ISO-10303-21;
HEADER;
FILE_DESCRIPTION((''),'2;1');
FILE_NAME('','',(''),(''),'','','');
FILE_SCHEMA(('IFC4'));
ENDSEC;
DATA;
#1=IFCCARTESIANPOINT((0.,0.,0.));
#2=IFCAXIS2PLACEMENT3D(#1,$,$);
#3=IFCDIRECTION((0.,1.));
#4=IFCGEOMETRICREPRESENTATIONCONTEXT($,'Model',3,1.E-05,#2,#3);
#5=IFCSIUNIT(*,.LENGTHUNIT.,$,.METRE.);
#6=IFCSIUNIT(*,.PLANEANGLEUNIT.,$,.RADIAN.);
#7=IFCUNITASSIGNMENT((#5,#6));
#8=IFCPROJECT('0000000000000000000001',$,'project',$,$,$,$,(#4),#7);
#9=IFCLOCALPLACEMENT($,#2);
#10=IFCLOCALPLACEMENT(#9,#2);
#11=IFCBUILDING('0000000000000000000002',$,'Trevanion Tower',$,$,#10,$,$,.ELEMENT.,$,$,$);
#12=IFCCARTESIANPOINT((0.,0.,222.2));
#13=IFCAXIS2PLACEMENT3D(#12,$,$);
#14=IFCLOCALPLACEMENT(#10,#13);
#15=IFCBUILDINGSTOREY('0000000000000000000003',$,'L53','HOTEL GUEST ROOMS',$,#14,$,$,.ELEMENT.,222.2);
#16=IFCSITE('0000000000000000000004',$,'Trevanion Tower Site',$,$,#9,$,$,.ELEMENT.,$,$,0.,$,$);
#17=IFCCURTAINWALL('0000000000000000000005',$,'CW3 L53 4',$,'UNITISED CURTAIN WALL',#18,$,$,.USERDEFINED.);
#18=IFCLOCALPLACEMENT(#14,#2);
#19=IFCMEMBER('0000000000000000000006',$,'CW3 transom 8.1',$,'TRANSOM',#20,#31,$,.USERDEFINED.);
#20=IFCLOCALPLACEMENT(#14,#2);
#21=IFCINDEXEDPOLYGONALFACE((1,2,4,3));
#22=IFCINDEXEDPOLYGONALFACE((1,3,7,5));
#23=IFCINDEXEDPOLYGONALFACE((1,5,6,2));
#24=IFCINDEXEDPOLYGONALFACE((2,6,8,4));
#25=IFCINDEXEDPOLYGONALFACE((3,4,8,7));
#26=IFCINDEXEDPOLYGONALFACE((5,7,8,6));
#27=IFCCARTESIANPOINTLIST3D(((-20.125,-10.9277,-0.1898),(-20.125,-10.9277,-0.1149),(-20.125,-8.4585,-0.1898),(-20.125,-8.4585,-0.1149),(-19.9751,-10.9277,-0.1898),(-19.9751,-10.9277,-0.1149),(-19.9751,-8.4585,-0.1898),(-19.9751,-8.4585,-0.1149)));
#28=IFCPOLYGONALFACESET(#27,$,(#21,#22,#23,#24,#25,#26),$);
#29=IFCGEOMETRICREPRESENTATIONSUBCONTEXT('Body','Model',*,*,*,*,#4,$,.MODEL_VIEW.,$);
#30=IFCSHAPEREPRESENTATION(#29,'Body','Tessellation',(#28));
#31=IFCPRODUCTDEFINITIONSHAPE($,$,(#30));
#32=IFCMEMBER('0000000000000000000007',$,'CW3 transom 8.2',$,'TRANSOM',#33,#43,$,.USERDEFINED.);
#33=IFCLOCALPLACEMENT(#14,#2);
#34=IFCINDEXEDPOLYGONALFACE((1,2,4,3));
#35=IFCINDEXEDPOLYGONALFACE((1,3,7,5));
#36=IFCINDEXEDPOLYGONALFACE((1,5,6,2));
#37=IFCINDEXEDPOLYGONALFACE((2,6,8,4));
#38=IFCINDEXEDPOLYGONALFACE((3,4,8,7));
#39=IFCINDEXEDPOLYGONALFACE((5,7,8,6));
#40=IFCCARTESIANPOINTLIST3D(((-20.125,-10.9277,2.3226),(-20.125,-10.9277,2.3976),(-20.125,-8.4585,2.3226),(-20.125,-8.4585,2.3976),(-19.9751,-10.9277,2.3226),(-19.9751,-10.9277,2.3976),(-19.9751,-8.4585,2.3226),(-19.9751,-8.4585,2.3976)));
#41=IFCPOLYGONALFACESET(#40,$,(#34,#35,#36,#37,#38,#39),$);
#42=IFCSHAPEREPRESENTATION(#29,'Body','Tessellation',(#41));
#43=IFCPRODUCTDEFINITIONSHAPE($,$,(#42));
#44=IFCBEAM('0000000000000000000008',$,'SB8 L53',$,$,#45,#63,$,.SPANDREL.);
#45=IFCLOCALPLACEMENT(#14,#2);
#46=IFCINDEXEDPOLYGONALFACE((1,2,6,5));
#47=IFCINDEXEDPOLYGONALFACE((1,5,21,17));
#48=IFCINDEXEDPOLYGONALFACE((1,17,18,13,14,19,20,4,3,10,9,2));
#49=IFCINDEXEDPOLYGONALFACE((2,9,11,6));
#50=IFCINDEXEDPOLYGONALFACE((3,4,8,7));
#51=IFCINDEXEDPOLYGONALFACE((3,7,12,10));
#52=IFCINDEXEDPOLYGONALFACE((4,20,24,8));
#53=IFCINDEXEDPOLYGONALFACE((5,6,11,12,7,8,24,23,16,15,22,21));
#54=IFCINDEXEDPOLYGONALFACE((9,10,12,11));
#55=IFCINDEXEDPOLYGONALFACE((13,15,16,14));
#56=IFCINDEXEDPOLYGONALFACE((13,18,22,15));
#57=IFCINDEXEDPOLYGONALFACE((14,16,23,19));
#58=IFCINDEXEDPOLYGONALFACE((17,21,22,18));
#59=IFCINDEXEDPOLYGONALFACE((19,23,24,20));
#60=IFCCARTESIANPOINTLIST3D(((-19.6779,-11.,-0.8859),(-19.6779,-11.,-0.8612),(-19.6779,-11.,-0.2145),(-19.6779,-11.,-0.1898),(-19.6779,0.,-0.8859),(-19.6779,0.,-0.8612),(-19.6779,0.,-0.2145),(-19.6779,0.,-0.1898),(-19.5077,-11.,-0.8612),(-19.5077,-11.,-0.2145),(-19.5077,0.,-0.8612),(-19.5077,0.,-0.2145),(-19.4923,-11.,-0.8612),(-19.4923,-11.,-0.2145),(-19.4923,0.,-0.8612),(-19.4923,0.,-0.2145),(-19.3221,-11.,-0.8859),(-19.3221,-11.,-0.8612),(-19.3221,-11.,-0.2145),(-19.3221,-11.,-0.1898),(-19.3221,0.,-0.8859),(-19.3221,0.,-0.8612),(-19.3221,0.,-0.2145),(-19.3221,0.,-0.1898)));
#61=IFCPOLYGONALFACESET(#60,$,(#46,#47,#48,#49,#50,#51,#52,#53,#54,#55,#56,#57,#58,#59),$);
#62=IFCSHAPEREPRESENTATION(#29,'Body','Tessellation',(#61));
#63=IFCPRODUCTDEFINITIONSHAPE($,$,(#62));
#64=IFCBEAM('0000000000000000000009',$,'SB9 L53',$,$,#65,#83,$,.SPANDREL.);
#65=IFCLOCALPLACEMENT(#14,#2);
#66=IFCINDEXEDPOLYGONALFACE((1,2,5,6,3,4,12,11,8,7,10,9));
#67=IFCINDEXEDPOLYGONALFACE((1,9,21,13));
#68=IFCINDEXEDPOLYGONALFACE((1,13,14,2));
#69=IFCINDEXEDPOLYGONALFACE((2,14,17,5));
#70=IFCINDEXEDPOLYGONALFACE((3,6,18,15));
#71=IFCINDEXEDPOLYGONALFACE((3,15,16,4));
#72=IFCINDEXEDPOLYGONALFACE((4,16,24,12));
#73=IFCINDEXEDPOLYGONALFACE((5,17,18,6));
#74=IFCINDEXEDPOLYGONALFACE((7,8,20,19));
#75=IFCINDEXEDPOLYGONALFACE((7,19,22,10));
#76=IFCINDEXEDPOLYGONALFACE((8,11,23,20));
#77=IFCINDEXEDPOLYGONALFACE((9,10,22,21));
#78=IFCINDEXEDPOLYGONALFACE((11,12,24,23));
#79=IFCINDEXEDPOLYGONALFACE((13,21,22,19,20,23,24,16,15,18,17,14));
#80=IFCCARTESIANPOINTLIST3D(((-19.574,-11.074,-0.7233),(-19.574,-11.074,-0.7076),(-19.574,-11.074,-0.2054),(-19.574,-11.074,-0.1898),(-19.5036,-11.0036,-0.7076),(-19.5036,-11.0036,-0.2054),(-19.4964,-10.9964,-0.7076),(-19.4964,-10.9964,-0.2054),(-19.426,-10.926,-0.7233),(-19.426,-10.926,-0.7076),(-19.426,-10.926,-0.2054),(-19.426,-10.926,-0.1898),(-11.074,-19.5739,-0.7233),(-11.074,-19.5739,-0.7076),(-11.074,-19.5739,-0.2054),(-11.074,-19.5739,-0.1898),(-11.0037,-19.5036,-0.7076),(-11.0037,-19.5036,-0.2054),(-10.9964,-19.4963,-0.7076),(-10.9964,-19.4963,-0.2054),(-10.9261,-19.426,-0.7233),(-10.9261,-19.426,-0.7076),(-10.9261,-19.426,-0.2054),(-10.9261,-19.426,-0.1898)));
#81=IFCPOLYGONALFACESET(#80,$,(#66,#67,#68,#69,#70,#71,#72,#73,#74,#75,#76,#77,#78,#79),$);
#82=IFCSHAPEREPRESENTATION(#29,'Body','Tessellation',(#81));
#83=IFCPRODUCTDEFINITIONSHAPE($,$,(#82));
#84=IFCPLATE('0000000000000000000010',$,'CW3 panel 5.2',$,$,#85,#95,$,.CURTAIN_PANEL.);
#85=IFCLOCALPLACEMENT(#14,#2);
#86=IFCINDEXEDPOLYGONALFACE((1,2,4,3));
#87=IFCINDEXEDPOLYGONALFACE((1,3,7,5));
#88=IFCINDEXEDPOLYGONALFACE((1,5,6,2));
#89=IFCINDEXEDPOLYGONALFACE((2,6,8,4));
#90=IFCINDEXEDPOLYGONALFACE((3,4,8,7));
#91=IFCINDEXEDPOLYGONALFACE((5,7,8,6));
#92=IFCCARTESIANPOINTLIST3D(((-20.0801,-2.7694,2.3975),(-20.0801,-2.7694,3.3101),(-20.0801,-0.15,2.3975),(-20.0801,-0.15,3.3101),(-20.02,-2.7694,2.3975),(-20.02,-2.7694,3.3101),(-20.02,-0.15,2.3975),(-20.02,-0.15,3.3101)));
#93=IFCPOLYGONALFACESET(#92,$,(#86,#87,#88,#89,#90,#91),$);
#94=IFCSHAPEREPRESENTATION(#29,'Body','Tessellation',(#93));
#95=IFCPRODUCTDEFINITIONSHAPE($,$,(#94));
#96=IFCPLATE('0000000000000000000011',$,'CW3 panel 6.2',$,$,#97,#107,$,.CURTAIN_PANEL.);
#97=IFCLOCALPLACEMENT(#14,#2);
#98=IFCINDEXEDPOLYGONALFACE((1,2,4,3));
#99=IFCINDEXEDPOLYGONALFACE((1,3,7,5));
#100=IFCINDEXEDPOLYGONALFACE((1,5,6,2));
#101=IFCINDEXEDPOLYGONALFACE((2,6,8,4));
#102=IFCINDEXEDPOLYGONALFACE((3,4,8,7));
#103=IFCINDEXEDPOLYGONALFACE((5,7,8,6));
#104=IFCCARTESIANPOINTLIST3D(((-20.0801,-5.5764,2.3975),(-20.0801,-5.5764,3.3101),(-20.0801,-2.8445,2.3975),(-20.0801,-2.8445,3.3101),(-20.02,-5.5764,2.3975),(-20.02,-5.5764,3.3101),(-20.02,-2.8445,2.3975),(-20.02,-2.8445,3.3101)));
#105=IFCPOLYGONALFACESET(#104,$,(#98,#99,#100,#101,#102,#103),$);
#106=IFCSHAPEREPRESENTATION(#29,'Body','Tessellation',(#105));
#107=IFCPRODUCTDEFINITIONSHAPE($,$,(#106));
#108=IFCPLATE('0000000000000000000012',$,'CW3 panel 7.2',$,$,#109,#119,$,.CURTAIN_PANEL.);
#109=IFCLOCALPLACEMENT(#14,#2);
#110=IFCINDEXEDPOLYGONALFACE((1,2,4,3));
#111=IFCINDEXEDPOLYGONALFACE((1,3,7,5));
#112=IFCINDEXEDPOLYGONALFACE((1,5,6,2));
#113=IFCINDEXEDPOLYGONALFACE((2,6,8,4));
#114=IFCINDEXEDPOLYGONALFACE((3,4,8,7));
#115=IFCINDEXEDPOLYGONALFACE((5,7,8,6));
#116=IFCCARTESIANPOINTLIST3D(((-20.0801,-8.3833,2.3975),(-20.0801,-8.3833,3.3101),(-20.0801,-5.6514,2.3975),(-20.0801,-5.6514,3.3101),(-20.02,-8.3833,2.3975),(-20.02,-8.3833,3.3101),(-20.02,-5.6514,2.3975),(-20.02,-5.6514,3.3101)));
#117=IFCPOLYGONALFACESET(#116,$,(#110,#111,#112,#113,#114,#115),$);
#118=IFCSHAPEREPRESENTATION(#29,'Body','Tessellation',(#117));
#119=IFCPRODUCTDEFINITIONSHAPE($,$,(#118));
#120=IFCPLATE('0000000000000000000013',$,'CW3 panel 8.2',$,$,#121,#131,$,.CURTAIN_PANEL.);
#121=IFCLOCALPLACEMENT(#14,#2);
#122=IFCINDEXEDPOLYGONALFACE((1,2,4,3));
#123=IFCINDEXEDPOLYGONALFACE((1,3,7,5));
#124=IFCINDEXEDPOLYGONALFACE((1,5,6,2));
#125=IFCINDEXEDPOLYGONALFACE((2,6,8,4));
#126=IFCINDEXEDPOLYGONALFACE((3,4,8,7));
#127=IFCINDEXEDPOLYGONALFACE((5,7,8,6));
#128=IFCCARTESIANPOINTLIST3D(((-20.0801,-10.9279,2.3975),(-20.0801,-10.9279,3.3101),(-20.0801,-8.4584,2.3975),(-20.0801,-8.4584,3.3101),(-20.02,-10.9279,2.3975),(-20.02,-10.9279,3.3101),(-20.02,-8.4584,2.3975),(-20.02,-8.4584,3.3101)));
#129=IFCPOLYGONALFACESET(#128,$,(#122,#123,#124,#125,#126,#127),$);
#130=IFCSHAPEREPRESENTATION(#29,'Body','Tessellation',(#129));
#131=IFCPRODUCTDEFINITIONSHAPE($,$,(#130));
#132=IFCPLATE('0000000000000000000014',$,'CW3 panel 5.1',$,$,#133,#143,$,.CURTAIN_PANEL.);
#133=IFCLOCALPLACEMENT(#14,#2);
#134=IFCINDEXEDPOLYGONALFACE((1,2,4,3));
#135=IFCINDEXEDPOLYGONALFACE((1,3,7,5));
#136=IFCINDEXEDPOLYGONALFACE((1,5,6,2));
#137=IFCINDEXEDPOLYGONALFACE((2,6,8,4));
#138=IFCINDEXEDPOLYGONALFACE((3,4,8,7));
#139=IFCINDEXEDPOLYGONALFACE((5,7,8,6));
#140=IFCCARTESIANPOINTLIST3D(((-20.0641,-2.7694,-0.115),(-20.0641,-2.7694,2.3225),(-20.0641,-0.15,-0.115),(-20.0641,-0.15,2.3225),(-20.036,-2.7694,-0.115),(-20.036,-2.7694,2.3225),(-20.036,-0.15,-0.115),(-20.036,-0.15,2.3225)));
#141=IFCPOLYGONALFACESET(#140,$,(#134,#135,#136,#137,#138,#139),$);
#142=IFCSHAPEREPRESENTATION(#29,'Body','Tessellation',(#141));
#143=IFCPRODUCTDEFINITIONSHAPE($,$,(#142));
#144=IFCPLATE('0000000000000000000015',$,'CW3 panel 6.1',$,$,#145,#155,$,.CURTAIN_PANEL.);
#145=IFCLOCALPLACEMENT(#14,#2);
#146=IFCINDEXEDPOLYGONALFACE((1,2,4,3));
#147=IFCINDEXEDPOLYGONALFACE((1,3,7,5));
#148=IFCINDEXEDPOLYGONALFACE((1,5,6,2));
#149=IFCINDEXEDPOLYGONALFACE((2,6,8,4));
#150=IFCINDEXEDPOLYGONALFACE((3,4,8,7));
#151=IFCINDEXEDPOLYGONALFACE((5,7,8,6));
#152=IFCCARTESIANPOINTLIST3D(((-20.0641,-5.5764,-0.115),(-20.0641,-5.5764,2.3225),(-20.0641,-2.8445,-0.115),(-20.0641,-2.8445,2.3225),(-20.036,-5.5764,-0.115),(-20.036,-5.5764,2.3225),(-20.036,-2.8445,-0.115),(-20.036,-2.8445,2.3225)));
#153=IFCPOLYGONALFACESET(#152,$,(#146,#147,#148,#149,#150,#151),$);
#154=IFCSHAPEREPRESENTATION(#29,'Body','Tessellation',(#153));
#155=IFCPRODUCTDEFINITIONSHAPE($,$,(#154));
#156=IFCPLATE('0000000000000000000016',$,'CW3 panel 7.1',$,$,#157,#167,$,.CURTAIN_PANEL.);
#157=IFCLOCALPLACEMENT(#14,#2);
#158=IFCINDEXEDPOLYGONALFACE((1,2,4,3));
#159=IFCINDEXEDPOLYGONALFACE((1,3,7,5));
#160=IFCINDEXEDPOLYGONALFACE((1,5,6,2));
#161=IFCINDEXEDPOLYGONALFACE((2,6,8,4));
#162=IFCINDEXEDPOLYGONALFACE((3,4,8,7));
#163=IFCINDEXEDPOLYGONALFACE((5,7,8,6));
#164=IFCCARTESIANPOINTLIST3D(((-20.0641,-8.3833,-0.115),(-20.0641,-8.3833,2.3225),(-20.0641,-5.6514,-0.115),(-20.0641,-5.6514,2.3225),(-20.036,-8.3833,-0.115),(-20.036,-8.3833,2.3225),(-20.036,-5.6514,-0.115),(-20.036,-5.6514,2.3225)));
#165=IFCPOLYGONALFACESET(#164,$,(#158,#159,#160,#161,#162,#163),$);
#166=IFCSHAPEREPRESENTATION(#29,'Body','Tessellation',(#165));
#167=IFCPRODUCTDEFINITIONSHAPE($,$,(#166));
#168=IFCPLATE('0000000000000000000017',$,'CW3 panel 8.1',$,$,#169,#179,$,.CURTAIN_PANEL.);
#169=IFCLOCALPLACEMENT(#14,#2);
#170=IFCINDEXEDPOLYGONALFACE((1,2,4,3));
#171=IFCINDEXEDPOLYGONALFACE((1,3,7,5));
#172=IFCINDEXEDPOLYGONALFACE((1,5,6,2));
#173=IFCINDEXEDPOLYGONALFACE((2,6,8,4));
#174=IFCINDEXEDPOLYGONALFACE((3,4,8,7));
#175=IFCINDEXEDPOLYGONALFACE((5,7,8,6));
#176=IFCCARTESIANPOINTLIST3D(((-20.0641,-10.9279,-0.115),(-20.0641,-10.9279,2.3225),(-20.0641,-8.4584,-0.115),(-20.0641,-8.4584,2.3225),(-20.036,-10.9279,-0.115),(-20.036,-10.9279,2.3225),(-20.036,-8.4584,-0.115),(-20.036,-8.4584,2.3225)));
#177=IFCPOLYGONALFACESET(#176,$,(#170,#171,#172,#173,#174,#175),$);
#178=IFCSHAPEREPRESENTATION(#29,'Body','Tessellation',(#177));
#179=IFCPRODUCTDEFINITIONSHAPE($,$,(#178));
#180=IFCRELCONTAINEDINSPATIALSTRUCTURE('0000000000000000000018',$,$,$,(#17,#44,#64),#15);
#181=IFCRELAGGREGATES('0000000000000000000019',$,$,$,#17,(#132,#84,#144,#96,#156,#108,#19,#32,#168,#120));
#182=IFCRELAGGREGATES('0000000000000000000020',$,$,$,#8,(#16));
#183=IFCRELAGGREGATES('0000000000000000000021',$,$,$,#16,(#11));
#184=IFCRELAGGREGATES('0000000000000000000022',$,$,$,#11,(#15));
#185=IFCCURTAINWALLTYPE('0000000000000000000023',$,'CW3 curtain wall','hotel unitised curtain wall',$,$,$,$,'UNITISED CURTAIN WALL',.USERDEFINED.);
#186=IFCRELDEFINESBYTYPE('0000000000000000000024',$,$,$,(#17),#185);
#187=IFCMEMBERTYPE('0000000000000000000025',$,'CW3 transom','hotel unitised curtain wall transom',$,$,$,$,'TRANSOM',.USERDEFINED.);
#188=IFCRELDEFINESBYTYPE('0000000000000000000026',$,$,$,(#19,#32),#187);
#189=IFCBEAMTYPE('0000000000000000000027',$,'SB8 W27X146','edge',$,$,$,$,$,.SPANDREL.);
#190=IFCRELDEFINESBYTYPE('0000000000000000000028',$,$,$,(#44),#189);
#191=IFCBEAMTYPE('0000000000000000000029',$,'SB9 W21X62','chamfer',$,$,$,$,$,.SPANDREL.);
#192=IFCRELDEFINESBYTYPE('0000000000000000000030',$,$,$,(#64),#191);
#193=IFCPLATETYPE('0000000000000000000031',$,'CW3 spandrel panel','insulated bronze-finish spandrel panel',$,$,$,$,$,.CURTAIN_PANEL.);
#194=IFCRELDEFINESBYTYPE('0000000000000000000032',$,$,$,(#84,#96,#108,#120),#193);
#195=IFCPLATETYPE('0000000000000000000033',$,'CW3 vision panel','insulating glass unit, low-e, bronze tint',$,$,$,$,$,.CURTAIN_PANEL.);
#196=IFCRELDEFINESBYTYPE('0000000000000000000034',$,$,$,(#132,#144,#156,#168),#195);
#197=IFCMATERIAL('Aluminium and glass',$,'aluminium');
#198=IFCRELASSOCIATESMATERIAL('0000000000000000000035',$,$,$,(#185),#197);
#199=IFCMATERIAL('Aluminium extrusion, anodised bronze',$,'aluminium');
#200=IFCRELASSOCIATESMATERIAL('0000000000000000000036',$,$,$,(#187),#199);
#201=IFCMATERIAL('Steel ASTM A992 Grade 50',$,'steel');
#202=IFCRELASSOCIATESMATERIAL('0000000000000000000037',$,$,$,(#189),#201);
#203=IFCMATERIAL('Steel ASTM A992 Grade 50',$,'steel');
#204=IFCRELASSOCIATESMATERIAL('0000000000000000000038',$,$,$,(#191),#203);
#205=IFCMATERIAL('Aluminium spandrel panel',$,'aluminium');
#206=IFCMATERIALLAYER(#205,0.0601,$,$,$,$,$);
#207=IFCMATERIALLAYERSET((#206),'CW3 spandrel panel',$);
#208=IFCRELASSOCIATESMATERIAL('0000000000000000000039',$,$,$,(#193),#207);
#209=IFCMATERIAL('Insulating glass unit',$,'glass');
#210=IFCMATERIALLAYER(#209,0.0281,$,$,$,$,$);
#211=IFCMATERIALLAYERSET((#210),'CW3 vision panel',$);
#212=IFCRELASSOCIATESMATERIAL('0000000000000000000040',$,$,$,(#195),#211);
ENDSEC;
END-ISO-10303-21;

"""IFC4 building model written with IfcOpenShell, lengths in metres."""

from ifc_helpers import new_model, si_unit, direction, frame, origin, origin_2d, place, context, subcontext, project, spatial, rectangle, i_section, extrude, material, layer, layer_set, material_profile, profile_set, type_object, element, aggregate, save


model = new_model("IFC4")

# Units and contexts
model_context = context("Model", 3, precision=1e-05, world=origin(), true_north=direction((0.0, 1.0)))
body_context = subcontext(model_context, "Body", "Model", "MODEL_VIEW")
ifc_project = project(units=[si_unit("LENGTHUNIT", "METRE"), si_unit("PLANEANGLEUNIT", "RADIAN")], contexts=[model_context])

# Site, building, storey
site_placement = place(None, origin())
site = spatial("IfcSite", under=ifc_project, at=site_placement, Name="Trevanion Tower Site", CompositionType="ELEMENT", RefElevation=0.0)
building_placement = place(site_placement, origin())
building = spatial("IfcBuilding", under=site, at=building_placement, Name="Trevanion Tower", CompositionType="ELEMENT")
storey_placement = place(building_placement, frame((0.0, 0.0, 222.2)))
storey = spatial("IfcBuildingStorey", under=building, at=storey_placement, Name="L53", Description="HOTEL GUEST ROOMS", CompositionType="ELEMENT", Elevation=222.2)

# Curtain wall
ifc_material_1 = material(Name="Aluminium and glass", Category="aluminium")
curtain_wall_type = type_object("IfcCurtainWallType", Name="CW3 curtain wall", Description="hotel unitised curtain wall", ElementType="UNITISED CURTAIN WALL", PredefinedType="USERDEFINED", material=ifc_material_1)
curtain_wall_1_placement = place(storey_placement, origin())
curtain_wall_1 = element("IfcCurtainWall", 1, at=curtain_wall_1_placement, inside=storey, type_object=curtain_wall_type, Name="CW3 L53 4", ObjectType="UNITISED CURTAIN WALL", PredefinedType="USERDEFINED")

# Members
ifc_material_2 = material(Name="Aluminium extrusion, anodised bronze", Category="aluminium")
ifc_material_profile_1 = material_profile(ifc_material_2, rectangle(XDim=0.1499, YDim=0.075, at=origin_2d()), Name="CW3 transom")
ifc_profile_set_1 = profile_set([ifc_material_profile_1], Name="Aluminium extrusion, anodised bronze")
member_type_1 = type_object("IfcMemberType", Name="CW3 transom", Description="hotel unitised curtain wall transom", ElementType="TRANSOM", PredefinedType="USERDEFINED", material=ifc_profile_set_1)
member_1_placement = place(storey_placement, frame((-20.05, -8.4585, -0.1523), z_axis=(0.0, -1.0, 0.0), x_axis=(1.0, 0.0, 0.0)))
member_1 = element("IfcMember", 2, at=member_1_placement, type_object=member_type_1, Name="CW3 transom 8.1", ObjectType="TRANSOM", PredefinedType="USERDEFINED", context=body_context, shape_type="SweptSolid", body=[
    extrude(rectangle(XDim=0.1499, YDim=0.075, at=origin_2d()), origin(), (0.0, 0.0, 1.0), 2.4692),
])
member_2_placement = place(storey_placement, frame((-20.05, -8.4585, 2.3601), z_axis=(0.0, -1.0, 0.0), x_axis=(1.0, 0.0, 0.0)))
member_2 = element("IfcMember", 3, at=member_2_placement, type_object=member_type_1, Name="CW3 transom 8.2", ObjectType="TRANSOM", PredefinedType="USERDEFINED", context=body_context, shape_type="SweptSolid", body=[
    extrude(rectangle(XDim=0.1499, YDim=0.075, at=origin_2d()), origin(), (0.0, 0.0, 1.0), 2.4692),
])

# Beams
ifc_material_3 = material(Name="Steel ASTM A992 Grade 50", Category="steel")
ifc_material_profile_2 = material_profile(ifc_material_3, i_section(OverallWidth=0.3557, OverallDepth=0.696, WebThickness=0.0154, FlangeThickness=0.0247, at=origin_2d()), Name="W27X146")
ifc_profile_set_2 = profile_set([ifc_material_profile_2], Name="Steel ASTM A992 Grade 50")
beam_type_1 = type_object("IfcBeamType", Name="SB8 W27X146", Description="edge", PredefinedType="SPANDREL", material=ifc_profile_set_2)
beam_1_placement = place(storey_placement, frame((-19.5, 0.0, -0.5378), z_axis=(0.0, -1.0, 0.0), x_axis=(1.0, 0.0, 0.0)))
element("IfcBeam", 4, at=beam_1_placement, inside=storey, type_object=beam_type_1, Name="SB8 L53", PredefinedType="SPANDREL", context=body_context, shape_type="SweptSolid", body=[
    extrude(i_section(OverallWidth=0.3557, OverallDepth=0.696, WebThickness=0.0154, FlangeThickness=0.0247, at=origin_2d()), origin(), (0.0, 0.0, 1.0), 11.0),
])
ifc_material_4 = material(Name="Steel ASTM A992 Grade 50", Category="steel")
ifc_material_profile_3 = material_profile(ifc_material_4, i_section(OverallWidth=0.2092, OverallDepth=0.5334, WebThickness=0.0103, FlangeThickness=0.0156, at=origin_2d()), Name="W21X62")
ifc_profile_set_3 = profile_set([ifc_material_profile_3], Name="Steel ASTM A992 Grade 50")
beam_type_2 = type_object("IfcBeamType", Name="SB9 W21X62", Description="chamfer", PredefinedType="SPANDREL", material=ifc_profile_set_3)
beam_2_placement = place(storey_placement, frame((-19.5, -11.0, -0.4565), z_axis=(0.707107, -0.707107, 0.0), x_axis=(0.707107, 0.707107, 0.0)))
element("IfcBeam", 5, at=beam_2_placement, inside=storey, type_object=beam_type_2, Name="SB9 L53", PredefinedType="SPANDREL", context=body_context, shape_type="SweptSolid", body=[
    extrude(i_section(OverallWidth=0.2092, OverallDepth=0.5334, WebThickness=0.0103, FlangeThickness=0.0156, at=origin_2d()), origin(), (0.0, 0.0, 1.0), 12.0208),
])

# Plates
ifc_material_5 = material(Name="Aluminium spandrel panel", Category="aluminium")
ifc_layer_1 = layer(ifc_material_5, 0.0601)
ifc_layer_set_1 = layer_set([ifc_layer_1], Name="CW3 spandrel panel")
plate_type_1 = type_object("IfcPlateType", Name="CW3 spandrel panel", Description="insulated bronze-finish spandrel panel", PredefinedType="CURTAIN_PANEL", material=ifc_layer_set_1)
plate_1_placement = place(storey_placement, frame((-20.05, -1.4597, 2.3975), z_axis=(0.0, 0.0, 1.0), x_axis=(0.0, -1.0, 0.0)))
plate_1 = element("IfcPlate", 6, at=plate_1_placement, type_object=plate_type_1, Name="CW3 panel 5.2", PredefinedType="CURTAIN_PANEL", context=body_context, shape_type="SweptSolid", body=[
    extrude(rectangle(XDim=2.6194, YDim=0.0601, at=origin_2d()), origin(), (0.0, 0.0, 1.0), 0.9126),
])
plate_2_placement = place(storey_placement, frame((-20.05, -4.2104, 2.3975), z_axis=(0.0, 0.0, 1.0), x_axis=(0.0, -1.0, 0.0)))
plate_2 = element("IfcPlate", 7, at=plate_2_placement, type_object=plate_type_1, Name="CW3 panel 6.2", PredefinedType="CURTAIN_PANEL", context=body_context, shape_type="SweptSolid", body=[
    extrude(rectangle(XDim=2.7319, YDim=0.0601, at=origin_2d()), origin(), (0.0, 0.0, 1.0), 0.9126),
])
plate_3_placement = place(storey_placement, frame((-20.05, -7.0173, 2.3975), z_axis=(0.0, 0.0, 1.0), x_axis=(0.0, -1.0, 0.0)))
plate_3 = element("IfcPlate", 8, at=plate_3_placement, type_object=plate_type_1, Name="CW3 panel 7.2", PredefinedType="CURTAIN_PANEL", context=body_context, shape_type="SweptSolid", body=[
    extrude(rectangle(XDim=2.7319, YDim=0.0601, at=origin_2d()), origin(), (0.0, 0.0, 1.0), 0.9126),
])
plate_4_placement = place(storey_placement, frame((-20.05, -9.6931, 2.3975), z_axis=(0.0, 0.0, 1.0), x_axis=(0.0, -1.0, 0.0)))
plate_4 = element("IfcPlate", 9, at=plate_4_placement, type_object=plate_type_1, Name="CW3 panel 8.2", PredefinedType="CURTAIN_PANEL", context=body_context, shape_type="SweptSolid", body=[
    extrude(rectangle(XDim=2.4695, YDim=0.0601, at=origin_2d()), origin(), (0.0, 0.0, 1.0), 0.9126),
])
ifc_material_6 = material(Name="Insulating glass unit", Category="glass")
ifc_layer_2 = layer(ifc_material_6, 0.0281)
ifc_layer_set_2 = layer_set([ifc_layer_2], Name="CW3 vision panel")
plate_type_2 = type_object("IfcPlateType", Name="CW3 vision panel", Description="insulating glass unit, low-e, bronze tint", PredefinedType="CURTAIN_PANEL", material=ifc_layer_set_2)
plate_5_placement = place(storey_placement, frame((-20.05, -1.4597, -0.115), z_axis=(0.0, 0.0, 1.0), x_axis=(0.0, -1.0, 0.0)))
plate_5 = element("IfcPlate", 10, at=plate_5_placement, type_object=plate_type_2, Name="CW3 panel 5.1", PredefinedType="CURTAIN_PANEL", context=body_context, shape_type="SweptSolid", body=[
    extrude(rectangle(XDim=2.6194, YDim=0.0281, at=origin_2d()), origin(), (0.0, 0.0, 1.0), 2.4375),
])
plate_6_placement = place(storey_placement, frame((-20.05, -4.2104, -0.115), z_axis=(0.0, 0.0, 1.0), x_axis=(0.0, -1.0, 0.0)))
plate_6 = element("IfcPlate", 11, at=plate_6_placement, type_object=plate_type_2, Name="CW3 panel 6.1", PredefinedType="CURTAIN_PANEL", context=body_context, shape_type="SweptSolid", body=[
    extrude(rectangle(XDim=2.7319, YDim=0.0281, at=origin_2d()), origin(), (0.0, 0.0, 1.0), 2.4375),
])
plate_7_placement = place(storey_placement, frame((-20.05, -7.0173, -0.115), z_axis=(0.0, 0.0, 1.0), x_axis=(0.0, -1.0, 0.0)))
plate_7 = element("IfcPlate", 12, at=plate_7_placement, type_object=plate_type_2, Name="CW3 panel 7.1", PredefinedType="CURTAIN_PANEL", context=body_context, shape_type="SweptSolid", body=[
    extrude(rectangle(XDim=2.7319, YDim=0.0281, at=origin_2d()), origin(), (0.0, 0.0, 1.0), 2.4375),
])
plate_8_placement = place(storey_placement, frame((-20.05, -9.6931, -0.115), z_axis=(0.0, 0.0, 1.0), x_axis=(0.0, -1.0, 0.0)))
plate_8 = element("IfcPlate", 13, at=plate_8_placement, type_object=plate_type_2, Name="CW3 panel 8.1", PredefinedType="CURTAIN_PANEL", context=body_context, shape_type="SweptSolid", body=[
    extrude(rectangle(XDim=2.4695, YDim=0.0281, at=origin_2d()), origin(), (0.0, 0.0, 1.0), 2.4375),
])
aggregate(curtain_wall_1, [plate_5, plate_1, plate_6, plate_2, plate_7, plate_3, member_1, member_2, plate_8, plate_4])

save(model, "model.ifc")
